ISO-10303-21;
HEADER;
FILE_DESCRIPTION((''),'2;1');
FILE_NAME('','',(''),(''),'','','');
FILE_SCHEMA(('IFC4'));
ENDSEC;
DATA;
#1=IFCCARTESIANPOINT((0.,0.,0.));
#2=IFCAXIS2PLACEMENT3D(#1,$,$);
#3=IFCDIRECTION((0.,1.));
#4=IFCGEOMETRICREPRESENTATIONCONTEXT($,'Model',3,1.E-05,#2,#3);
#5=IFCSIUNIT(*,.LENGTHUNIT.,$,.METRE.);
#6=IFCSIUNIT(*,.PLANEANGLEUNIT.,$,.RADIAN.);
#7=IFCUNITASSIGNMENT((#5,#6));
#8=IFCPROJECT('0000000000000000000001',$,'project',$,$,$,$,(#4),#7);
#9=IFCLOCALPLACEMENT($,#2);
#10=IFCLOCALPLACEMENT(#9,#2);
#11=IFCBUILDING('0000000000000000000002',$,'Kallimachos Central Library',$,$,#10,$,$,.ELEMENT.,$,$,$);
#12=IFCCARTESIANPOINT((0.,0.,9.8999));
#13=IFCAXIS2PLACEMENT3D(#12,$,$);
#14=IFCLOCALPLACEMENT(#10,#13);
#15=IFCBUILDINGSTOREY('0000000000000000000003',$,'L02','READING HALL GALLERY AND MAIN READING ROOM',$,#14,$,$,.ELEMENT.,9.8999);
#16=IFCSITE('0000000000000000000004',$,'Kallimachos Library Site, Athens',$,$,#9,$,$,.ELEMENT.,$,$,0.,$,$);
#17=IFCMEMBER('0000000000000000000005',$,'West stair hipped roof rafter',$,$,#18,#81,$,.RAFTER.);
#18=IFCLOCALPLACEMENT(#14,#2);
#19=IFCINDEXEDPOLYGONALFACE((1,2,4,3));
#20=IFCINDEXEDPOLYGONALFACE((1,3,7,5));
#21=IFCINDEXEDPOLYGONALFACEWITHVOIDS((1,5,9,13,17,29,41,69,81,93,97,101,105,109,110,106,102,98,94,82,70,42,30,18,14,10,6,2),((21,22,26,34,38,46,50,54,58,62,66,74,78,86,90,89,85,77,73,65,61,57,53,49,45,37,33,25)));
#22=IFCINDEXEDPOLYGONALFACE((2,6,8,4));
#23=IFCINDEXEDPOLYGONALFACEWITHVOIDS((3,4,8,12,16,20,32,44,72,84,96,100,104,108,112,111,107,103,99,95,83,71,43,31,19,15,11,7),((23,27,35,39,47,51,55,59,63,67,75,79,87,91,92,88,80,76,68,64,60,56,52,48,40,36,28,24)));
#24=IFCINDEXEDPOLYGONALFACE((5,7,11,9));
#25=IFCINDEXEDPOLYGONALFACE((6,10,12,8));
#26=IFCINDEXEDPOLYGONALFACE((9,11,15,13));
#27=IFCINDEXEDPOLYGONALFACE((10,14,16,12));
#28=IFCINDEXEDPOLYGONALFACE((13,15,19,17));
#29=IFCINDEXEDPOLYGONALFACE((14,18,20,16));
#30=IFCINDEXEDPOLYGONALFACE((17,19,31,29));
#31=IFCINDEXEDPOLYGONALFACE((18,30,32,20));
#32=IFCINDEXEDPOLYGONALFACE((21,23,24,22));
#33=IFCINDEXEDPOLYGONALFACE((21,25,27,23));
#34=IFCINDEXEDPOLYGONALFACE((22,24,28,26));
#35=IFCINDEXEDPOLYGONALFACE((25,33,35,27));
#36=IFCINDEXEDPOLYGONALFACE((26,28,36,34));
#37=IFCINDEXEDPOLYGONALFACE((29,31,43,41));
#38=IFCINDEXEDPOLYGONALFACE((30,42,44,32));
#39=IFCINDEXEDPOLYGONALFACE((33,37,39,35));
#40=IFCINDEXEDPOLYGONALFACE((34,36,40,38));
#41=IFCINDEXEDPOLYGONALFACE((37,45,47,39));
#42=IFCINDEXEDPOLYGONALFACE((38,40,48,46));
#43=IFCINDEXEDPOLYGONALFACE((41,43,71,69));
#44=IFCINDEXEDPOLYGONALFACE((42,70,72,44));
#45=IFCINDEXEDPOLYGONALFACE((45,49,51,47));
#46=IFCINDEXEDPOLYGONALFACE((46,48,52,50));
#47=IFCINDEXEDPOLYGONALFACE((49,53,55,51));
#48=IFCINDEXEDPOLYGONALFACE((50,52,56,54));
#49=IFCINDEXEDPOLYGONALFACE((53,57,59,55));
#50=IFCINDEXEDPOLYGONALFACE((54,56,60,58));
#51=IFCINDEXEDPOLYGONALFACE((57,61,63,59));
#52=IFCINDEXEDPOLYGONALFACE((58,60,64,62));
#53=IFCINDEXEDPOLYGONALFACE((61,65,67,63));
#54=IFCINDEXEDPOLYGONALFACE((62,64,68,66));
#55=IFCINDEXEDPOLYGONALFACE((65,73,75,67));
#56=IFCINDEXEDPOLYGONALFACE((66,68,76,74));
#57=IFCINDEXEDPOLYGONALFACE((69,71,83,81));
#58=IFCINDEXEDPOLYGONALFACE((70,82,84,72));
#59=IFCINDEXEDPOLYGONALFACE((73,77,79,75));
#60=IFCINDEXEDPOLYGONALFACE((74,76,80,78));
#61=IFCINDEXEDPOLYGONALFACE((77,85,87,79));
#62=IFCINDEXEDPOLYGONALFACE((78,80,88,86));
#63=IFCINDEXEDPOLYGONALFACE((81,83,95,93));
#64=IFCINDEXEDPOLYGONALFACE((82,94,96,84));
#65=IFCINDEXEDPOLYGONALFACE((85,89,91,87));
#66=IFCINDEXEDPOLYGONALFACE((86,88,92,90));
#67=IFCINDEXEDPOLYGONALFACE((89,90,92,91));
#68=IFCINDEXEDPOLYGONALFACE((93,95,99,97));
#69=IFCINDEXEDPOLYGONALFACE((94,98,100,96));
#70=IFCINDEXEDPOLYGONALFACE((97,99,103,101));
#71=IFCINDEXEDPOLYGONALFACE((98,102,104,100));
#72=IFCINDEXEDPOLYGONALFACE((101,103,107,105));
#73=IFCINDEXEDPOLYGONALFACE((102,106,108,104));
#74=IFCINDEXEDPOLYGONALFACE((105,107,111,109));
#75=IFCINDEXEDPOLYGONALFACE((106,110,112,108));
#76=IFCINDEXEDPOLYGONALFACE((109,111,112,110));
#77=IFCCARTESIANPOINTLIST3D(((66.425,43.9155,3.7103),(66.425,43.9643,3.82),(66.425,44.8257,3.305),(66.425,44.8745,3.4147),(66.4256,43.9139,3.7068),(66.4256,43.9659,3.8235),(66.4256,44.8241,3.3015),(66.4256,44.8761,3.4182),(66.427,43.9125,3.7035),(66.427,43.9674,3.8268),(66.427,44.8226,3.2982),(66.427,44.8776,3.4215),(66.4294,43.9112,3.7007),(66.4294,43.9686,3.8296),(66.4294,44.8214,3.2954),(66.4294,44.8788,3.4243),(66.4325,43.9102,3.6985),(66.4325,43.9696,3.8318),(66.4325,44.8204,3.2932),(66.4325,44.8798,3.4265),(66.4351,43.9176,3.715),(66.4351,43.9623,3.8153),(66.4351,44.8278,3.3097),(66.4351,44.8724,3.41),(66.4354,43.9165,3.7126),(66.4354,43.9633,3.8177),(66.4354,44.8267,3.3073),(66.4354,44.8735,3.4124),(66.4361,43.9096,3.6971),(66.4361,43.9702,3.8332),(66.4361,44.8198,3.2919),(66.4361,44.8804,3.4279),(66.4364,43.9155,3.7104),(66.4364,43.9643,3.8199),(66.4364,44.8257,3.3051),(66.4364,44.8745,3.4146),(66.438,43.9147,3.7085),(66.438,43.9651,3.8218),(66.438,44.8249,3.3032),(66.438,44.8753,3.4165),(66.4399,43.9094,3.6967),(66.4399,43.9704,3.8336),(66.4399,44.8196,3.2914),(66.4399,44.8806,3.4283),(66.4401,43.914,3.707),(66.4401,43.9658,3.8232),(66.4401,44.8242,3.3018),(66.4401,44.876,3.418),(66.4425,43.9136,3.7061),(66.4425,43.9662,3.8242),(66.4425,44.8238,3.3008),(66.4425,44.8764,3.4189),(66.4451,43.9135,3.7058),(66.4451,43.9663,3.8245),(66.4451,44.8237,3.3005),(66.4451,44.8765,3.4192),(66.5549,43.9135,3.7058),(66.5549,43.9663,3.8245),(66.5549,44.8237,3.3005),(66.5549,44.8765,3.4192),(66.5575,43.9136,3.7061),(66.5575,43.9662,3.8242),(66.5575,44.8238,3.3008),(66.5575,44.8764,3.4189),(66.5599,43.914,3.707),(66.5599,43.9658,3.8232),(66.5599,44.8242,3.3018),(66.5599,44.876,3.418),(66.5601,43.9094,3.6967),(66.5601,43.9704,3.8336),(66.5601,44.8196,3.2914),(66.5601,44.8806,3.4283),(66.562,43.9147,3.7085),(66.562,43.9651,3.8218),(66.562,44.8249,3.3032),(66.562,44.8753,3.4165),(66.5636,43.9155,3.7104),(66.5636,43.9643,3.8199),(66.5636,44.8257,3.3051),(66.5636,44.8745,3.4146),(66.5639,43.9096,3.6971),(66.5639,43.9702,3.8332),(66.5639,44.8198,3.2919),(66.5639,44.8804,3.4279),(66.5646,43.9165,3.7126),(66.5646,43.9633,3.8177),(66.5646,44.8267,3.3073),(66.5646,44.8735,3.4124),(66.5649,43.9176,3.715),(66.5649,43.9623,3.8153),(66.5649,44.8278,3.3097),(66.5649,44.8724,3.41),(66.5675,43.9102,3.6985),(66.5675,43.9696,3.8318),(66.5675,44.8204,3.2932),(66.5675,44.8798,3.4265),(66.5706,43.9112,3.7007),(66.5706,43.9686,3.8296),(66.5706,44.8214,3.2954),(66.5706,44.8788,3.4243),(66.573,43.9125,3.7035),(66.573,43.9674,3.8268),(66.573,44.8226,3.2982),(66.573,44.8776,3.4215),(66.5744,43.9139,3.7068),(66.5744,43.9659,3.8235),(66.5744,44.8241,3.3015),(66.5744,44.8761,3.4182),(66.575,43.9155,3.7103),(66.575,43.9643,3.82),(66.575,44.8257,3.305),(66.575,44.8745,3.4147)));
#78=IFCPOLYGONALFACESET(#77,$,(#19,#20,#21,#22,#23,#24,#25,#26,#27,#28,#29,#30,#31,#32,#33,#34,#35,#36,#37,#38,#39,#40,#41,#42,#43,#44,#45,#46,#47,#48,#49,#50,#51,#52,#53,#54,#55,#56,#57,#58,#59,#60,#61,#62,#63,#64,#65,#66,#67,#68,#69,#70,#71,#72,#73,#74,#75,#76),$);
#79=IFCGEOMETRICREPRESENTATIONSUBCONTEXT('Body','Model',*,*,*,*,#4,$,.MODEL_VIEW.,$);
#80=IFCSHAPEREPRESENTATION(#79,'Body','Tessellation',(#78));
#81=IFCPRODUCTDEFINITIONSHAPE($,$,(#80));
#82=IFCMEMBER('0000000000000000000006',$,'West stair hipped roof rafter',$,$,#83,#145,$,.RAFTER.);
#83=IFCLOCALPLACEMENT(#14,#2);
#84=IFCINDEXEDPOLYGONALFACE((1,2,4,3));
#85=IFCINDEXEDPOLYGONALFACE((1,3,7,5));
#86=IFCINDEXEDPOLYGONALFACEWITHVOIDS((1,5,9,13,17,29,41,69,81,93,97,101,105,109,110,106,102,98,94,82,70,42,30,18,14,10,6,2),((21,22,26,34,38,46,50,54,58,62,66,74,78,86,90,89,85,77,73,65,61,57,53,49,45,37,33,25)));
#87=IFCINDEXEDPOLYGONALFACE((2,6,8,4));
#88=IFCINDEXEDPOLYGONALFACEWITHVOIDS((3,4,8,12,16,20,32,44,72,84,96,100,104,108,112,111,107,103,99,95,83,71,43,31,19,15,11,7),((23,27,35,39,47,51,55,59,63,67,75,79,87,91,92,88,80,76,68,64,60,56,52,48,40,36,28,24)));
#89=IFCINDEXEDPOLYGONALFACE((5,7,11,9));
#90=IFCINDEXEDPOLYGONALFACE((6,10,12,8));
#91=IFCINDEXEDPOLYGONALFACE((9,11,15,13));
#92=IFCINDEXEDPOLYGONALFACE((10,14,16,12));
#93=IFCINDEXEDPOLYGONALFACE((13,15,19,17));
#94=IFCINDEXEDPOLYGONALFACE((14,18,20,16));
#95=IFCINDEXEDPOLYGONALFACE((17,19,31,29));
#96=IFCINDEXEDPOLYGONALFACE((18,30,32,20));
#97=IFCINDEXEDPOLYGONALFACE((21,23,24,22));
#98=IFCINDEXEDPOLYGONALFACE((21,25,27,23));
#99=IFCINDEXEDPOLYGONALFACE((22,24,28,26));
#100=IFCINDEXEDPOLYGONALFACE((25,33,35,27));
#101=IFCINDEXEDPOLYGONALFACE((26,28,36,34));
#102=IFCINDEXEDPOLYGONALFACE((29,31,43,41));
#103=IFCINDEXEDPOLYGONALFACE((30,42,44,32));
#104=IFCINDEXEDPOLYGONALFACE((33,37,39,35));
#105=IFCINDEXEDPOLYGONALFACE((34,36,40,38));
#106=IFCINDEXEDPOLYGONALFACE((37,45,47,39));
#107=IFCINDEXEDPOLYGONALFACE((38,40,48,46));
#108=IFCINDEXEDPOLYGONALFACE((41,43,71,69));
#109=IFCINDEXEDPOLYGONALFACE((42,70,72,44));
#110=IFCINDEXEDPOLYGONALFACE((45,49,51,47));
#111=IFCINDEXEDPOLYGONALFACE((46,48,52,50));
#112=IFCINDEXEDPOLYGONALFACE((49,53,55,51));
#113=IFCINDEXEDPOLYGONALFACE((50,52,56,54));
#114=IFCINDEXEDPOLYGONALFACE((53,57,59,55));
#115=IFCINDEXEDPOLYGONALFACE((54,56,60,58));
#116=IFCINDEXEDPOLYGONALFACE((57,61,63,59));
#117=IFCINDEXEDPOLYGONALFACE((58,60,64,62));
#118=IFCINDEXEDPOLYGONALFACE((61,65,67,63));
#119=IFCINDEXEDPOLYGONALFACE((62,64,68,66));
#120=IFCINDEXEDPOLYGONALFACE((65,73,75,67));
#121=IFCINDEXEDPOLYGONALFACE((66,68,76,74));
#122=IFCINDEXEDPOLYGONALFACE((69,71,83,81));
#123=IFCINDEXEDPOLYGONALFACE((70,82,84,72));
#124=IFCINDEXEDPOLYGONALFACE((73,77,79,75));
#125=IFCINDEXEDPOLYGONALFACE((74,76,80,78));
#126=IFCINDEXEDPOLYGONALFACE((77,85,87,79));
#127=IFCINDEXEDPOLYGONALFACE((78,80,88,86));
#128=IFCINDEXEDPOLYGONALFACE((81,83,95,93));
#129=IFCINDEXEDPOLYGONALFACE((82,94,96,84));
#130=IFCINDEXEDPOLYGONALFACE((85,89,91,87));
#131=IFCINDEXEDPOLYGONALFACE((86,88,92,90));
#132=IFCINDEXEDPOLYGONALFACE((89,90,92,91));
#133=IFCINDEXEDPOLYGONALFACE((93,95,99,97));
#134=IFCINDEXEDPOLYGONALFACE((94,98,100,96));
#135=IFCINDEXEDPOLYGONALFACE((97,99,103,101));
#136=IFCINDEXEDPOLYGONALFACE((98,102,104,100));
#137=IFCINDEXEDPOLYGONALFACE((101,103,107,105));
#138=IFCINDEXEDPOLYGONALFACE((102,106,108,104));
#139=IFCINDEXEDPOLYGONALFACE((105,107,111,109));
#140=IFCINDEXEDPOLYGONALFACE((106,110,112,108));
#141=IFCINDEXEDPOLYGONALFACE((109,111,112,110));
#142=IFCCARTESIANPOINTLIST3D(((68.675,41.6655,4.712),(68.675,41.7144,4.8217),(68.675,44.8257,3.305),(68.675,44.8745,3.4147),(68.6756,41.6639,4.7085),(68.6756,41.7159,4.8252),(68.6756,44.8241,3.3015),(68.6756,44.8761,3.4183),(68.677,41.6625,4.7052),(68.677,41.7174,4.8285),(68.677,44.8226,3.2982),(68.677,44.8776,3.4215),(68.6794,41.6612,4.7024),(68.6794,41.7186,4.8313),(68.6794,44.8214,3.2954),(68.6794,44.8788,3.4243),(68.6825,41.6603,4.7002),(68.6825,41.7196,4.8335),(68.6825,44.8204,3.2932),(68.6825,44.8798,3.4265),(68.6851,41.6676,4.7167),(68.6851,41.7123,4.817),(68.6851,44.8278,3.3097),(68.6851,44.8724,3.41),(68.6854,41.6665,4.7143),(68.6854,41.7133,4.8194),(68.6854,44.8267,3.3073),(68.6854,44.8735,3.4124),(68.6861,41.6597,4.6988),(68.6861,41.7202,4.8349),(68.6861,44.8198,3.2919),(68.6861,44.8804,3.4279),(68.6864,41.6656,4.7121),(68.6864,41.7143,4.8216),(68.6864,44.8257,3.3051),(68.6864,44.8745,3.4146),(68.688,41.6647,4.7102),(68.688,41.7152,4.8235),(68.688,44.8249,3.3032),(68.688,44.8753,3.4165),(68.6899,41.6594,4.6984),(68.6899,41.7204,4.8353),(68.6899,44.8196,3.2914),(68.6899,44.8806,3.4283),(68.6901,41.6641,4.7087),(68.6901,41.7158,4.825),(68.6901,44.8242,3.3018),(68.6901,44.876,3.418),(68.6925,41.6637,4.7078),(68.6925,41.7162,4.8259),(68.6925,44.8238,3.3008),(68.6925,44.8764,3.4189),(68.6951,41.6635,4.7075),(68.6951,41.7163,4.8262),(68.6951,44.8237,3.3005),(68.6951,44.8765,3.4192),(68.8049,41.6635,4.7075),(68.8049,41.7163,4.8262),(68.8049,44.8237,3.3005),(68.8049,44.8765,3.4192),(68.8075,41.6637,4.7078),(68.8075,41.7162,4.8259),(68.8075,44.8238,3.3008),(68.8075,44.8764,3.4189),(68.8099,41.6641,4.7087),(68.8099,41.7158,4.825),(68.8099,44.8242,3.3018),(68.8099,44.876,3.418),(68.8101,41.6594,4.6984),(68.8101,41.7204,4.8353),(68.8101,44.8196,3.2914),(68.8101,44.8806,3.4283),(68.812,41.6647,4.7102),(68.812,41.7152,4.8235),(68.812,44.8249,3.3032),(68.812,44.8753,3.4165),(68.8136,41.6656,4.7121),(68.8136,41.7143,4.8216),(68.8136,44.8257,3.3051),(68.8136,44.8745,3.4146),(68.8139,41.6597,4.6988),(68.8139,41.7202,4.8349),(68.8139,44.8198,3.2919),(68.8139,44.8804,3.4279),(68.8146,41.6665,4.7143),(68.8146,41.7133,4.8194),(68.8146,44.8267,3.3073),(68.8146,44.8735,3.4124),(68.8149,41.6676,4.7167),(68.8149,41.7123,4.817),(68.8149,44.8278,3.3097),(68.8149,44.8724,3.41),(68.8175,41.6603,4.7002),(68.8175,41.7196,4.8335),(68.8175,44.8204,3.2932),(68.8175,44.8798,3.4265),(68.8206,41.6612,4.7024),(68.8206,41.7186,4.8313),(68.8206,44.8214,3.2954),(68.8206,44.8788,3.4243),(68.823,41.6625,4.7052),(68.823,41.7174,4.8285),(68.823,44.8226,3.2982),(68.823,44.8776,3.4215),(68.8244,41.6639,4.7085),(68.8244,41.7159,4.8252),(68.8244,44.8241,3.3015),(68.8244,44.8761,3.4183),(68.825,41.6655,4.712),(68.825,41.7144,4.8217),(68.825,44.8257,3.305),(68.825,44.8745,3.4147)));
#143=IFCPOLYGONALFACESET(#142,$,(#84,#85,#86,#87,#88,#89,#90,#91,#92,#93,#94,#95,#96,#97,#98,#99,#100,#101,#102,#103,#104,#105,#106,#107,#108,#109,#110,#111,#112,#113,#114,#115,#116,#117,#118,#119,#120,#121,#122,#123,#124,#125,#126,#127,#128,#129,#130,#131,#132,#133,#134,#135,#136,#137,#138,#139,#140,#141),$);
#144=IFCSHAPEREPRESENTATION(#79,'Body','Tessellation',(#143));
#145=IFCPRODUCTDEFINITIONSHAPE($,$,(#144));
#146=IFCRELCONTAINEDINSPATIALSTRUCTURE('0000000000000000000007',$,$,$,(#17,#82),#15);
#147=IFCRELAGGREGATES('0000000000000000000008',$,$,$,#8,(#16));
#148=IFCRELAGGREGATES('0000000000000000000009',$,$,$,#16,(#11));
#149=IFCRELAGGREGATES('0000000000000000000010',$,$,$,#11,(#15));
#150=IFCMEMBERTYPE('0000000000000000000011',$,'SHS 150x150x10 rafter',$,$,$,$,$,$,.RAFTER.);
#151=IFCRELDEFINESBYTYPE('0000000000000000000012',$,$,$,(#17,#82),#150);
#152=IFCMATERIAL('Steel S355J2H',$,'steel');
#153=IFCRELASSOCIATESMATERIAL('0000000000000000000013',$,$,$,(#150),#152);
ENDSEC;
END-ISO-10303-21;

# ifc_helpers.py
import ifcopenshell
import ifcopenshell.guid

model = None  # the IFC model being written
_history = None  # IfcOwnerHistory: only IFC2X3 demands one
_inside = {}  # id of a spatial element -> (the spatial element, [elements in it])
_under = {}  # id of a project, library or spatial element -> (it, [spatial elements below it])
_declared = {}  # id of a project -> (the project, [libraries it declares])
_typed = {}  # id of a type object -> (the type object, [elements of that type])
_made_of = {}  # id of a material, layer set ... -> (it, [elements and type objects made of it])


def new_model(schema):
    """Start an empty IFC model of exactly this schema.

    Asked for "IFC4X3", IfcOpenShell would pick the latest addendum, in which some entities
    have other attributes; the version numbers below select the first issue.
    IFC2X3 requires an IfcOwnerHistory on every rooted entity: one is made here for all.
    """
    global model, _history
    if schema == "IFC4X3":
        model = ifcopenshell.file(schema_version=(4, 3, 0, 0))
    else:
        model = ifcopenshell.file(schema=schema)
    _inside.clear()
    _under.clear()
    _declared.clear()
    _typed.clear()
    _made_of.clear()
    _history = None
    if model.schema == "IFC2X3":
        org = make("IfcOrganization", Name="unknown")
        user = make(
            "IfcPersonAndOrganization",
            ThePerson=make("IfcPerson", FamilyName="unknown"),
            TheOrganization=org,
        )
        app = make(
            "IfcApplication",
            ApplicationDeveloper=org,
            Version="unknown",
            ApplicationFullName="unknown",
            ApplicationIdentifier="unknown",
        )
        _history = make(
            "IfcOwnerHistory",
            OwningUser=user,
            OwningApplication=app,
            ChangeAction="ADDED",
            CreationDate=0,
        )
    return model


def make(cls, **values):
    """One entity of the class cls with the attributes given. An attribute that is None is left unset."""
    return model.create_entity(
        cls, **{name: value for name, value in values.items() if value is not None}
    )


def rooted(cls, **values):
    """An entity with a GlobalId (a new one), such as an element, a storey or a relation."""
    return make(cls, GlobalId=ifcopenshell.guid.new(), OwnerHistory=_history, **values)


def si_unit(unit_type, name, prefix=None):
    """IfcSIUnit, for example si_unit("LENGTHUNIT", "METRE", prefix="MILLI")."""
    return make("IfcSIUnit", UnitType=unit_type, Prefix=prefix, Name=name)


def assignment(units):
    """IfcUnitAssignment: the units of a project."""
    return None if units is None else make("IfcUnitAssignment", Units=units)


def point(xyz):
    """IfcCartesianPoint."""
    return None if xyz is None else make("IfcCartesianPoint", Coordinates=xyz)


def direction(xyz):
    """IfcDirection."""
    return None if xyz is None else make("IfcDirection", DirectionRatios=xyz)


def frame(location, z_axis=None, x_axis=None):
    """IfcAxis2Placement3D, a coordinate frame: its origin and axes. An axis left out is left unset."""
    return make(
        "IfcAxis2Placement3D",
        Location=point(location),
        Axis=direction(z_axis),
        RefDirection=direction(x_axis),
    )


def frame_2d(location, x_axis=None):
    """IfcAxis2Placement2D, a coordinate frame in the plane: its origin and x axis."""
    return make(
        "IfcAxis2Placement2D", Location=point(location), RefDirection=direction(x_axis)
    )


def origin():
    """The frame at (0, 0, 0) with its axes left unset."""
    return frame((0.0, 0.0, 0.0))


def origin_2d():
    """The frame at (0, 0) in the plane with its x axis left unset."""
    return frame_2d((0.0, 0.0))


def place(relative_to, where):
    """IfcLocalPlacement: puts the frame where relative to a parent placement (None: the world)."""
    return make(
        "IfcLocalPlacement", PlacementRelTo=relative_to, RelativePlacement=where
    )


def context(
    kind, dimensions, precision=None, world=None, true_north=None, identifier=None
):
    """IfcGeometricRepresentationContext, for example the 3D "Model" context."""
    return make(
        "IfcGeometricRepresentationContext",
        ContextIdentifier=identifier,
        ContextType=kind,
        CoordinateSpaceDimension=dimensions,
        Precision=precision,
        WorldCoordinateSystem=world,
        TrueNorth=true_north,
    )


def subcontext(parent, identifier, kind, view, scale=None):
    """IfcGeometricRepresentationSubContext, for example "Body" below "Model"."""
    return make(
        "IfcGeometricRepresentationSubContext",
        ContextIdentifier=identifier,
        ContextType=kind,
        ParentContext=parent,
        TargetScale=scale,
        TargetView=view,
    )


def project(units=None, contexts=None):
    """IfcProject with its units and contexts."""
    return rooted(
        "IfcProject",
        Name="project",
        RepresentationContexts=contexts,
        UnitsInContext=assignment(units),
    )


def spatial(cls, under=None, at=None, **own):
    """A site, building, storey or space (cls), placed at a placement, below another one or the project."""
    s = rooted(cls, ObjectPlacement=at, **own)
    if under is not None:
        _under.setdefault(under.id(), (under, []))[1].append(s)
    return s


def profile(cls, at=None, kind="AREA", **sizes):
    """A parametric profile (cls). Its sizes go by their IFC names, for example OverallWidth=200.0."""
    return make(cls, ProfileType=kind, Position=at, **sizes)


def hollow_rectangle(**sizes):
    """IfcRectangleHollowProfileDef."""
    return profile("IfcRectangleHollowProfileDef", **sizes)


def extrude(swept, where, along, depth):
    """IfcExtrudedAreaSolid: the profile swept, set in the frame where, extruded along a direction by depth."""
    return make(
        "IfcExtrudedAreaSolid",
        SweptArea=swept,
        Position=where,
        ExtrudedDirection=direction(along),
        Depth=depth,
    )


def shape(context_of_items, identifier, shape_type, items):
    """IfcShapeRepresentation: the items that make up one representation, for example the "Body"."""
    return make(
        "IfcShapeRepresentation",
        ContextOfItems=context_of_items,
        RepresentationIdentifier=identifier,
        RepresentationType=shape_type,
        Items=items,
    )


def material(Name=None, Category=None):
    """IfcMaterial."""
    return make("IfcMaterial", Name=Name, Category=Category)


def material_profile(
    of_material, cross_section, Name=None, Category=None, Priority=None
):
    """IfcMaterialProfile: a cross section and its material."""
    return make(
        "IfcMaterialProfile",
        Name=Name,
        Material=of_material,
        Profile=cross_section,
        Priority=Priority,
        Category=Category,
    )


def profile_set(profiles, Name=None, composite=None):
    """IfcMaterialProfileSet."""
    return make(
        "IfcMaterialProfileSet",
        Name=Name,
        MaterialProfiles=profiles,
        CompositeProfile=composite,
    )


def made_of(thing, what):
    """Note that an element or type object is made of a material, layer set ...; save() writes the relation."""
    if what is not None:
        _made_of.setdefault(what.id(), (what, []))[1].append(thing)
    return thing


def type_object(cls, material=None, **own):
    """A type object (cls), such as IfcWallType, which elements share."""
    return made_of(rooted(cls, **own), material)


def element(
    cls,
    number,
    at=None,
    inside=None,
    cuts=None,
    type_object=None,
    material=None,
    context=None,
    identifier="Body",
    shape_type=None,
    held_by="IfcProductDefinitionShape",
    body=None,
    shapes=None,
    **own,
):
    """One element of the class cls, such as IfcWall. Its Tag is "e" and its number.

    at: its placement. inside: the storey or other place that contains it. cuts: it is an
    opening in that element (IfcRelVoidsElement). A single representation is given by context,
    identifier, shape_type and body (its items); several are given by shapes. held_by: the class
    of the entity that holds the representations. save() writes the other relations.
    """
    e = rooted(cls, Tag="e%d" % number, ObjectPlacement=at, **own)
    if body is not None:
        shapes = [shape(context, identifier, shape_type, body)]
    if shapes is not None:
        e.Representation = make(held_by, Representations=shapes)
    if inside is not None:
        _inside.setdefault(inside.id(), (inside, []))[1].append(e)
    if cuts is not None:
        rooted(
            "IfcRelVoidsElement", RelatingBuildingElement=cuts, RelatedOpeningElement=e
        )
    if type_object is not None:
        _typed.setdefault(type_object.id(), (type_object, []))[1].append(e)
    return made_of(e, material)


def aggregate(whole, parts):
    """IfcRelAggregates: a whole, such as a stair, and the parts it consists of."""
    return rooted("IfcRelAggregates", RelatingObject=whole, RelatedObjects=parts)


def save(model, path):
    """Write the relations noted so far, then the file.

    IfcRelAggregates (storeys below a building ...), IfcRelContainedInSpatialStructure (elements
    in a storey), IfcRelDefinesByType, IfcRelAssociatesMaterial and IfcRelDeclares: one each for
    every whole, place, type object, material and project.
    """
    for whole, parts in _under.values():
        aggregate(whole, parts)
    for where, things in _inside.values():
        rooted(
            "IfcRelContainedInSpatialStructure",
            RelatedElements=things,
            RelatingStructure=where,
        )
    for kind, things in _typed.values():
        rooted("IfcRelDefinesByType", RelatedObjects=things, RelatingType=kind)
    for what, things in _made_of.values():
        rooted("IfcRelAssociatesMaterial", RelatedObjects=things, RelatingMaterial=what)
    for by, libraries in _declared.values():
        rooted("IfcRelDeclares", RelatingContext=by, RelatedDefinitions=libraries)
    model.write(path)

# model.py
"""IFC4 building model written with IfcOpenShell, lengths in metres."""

from ifc_helpers import new_model, si_unit, direction, frame, origin, origin_2d, place, context, subcontext, project, spatial, hollow_rectangle, extrude, material, material_profile, profile_set, type_object, element, save


model = new_model("IFC4")

# Units and contexts
model_context = context("Model", 3, precision=1e-05, world=origin(), true_north=direction((0.0, 1.0)))
body_context = subcontext(model_context, "Body", "Model", "MODEL_VIEW")
ifc_project = project(units=[si_unit("LENGTHUNIT", "METRE"), si_unit("PLANEANGLEUNIT", "RADIAN")], contexts=[model_context])

# Site, building, storey
site_placement = place(None, origin())
site = spatial("IfcSite", under=ifc_project, at=site_placement, Name="Kallimachos Library Site, Athens", CompositionType="ELEMENT", RefElevation=0.0)
building_placement = place(site_placement, origin())
building = spatial("IfcBuilding", under=site, at=building_placement, Name="Kallimachos Central Library", CompositionType="ELEMENT")
storey_placement = place(building_placement, frame((0.0, 0.0, 9.8999)))
storey = spatial("IfcBuildingStorey", under=building, at=storey_placement, Name="L02", Description="READING HALL GALLERY AND MAIN READING ROOM", CompositionType="ELEMENT", Elevation=9.8999)

# Members
ifc_material_1 = material(Name="Steel S355J2H", Category="steel")
ifc_material_profile_1 = material_profile(ifc_material_1, hollow_rectangle(XDim=0.1499, YDim=0.1499, WallThickness=0.01, InnerFilletRadius=0.01, OuterFilletRadius=0.0149, at=origin_2d()), Name="SHS 150x150x10")
ifc_profile_set_1 = profile_set([ifc_material_profile_1], Name="Steel S355J2H")
member_type_1 = type_object("IfcMemberType", Name="SHS 150x150x10 rafter", PredefinedType="RAFTER", material=ifc_profile_set_1)
member_1_placement = place(storey_placement, frame((66.5, 44.8501, 3.3599), z_axis=(0.0, -0.913528, 0.406775), x_axis=(1.0, 0.0, 0.0)))
element("IfcMember", 1, at=member_1_placement, inside=storey, type_object=member_type_1, Name="West stair hipped roof rafter", PredefinedType="RAFTER", context=body_context, shape_type="SweptSolid", body=[
    extrude(hollow_rectangle(XDim=0.1499, YDim=0.1499, WallThickness=0.01, InnerFilletRadius=0.01, OuterFilletRadius=0.0149, at=origin_2d()), origin(), (0.0, 0.0, 1.0), 0.9963),
])
member_2_placement = place(storey_placement, frame((68.75, 44.8501, 3.3599), z_axis=(0.0, -0.913547, 0.406734), x_axis=(1.0, 0.0, 0.0)))
element("IfcMember", 2, at=member_2_placement, inside=storey, type_object=member_type_1, Name="West stair hipped roof rafter", PredefinedType="RAFTER", context=body_context, shape_type="SweptSolid", body=[
    extrude(hollow_rectangle(XDim=0.1499, YDim=0.1499, WallThickness=0.01, InnerFilletRadius=0.01, OuterFilletRadius=0.0149, at=origin_2d()), origin(), (0.0, 0.0, 1.0), 3.4592),
])

save(model, "model.ifc")
